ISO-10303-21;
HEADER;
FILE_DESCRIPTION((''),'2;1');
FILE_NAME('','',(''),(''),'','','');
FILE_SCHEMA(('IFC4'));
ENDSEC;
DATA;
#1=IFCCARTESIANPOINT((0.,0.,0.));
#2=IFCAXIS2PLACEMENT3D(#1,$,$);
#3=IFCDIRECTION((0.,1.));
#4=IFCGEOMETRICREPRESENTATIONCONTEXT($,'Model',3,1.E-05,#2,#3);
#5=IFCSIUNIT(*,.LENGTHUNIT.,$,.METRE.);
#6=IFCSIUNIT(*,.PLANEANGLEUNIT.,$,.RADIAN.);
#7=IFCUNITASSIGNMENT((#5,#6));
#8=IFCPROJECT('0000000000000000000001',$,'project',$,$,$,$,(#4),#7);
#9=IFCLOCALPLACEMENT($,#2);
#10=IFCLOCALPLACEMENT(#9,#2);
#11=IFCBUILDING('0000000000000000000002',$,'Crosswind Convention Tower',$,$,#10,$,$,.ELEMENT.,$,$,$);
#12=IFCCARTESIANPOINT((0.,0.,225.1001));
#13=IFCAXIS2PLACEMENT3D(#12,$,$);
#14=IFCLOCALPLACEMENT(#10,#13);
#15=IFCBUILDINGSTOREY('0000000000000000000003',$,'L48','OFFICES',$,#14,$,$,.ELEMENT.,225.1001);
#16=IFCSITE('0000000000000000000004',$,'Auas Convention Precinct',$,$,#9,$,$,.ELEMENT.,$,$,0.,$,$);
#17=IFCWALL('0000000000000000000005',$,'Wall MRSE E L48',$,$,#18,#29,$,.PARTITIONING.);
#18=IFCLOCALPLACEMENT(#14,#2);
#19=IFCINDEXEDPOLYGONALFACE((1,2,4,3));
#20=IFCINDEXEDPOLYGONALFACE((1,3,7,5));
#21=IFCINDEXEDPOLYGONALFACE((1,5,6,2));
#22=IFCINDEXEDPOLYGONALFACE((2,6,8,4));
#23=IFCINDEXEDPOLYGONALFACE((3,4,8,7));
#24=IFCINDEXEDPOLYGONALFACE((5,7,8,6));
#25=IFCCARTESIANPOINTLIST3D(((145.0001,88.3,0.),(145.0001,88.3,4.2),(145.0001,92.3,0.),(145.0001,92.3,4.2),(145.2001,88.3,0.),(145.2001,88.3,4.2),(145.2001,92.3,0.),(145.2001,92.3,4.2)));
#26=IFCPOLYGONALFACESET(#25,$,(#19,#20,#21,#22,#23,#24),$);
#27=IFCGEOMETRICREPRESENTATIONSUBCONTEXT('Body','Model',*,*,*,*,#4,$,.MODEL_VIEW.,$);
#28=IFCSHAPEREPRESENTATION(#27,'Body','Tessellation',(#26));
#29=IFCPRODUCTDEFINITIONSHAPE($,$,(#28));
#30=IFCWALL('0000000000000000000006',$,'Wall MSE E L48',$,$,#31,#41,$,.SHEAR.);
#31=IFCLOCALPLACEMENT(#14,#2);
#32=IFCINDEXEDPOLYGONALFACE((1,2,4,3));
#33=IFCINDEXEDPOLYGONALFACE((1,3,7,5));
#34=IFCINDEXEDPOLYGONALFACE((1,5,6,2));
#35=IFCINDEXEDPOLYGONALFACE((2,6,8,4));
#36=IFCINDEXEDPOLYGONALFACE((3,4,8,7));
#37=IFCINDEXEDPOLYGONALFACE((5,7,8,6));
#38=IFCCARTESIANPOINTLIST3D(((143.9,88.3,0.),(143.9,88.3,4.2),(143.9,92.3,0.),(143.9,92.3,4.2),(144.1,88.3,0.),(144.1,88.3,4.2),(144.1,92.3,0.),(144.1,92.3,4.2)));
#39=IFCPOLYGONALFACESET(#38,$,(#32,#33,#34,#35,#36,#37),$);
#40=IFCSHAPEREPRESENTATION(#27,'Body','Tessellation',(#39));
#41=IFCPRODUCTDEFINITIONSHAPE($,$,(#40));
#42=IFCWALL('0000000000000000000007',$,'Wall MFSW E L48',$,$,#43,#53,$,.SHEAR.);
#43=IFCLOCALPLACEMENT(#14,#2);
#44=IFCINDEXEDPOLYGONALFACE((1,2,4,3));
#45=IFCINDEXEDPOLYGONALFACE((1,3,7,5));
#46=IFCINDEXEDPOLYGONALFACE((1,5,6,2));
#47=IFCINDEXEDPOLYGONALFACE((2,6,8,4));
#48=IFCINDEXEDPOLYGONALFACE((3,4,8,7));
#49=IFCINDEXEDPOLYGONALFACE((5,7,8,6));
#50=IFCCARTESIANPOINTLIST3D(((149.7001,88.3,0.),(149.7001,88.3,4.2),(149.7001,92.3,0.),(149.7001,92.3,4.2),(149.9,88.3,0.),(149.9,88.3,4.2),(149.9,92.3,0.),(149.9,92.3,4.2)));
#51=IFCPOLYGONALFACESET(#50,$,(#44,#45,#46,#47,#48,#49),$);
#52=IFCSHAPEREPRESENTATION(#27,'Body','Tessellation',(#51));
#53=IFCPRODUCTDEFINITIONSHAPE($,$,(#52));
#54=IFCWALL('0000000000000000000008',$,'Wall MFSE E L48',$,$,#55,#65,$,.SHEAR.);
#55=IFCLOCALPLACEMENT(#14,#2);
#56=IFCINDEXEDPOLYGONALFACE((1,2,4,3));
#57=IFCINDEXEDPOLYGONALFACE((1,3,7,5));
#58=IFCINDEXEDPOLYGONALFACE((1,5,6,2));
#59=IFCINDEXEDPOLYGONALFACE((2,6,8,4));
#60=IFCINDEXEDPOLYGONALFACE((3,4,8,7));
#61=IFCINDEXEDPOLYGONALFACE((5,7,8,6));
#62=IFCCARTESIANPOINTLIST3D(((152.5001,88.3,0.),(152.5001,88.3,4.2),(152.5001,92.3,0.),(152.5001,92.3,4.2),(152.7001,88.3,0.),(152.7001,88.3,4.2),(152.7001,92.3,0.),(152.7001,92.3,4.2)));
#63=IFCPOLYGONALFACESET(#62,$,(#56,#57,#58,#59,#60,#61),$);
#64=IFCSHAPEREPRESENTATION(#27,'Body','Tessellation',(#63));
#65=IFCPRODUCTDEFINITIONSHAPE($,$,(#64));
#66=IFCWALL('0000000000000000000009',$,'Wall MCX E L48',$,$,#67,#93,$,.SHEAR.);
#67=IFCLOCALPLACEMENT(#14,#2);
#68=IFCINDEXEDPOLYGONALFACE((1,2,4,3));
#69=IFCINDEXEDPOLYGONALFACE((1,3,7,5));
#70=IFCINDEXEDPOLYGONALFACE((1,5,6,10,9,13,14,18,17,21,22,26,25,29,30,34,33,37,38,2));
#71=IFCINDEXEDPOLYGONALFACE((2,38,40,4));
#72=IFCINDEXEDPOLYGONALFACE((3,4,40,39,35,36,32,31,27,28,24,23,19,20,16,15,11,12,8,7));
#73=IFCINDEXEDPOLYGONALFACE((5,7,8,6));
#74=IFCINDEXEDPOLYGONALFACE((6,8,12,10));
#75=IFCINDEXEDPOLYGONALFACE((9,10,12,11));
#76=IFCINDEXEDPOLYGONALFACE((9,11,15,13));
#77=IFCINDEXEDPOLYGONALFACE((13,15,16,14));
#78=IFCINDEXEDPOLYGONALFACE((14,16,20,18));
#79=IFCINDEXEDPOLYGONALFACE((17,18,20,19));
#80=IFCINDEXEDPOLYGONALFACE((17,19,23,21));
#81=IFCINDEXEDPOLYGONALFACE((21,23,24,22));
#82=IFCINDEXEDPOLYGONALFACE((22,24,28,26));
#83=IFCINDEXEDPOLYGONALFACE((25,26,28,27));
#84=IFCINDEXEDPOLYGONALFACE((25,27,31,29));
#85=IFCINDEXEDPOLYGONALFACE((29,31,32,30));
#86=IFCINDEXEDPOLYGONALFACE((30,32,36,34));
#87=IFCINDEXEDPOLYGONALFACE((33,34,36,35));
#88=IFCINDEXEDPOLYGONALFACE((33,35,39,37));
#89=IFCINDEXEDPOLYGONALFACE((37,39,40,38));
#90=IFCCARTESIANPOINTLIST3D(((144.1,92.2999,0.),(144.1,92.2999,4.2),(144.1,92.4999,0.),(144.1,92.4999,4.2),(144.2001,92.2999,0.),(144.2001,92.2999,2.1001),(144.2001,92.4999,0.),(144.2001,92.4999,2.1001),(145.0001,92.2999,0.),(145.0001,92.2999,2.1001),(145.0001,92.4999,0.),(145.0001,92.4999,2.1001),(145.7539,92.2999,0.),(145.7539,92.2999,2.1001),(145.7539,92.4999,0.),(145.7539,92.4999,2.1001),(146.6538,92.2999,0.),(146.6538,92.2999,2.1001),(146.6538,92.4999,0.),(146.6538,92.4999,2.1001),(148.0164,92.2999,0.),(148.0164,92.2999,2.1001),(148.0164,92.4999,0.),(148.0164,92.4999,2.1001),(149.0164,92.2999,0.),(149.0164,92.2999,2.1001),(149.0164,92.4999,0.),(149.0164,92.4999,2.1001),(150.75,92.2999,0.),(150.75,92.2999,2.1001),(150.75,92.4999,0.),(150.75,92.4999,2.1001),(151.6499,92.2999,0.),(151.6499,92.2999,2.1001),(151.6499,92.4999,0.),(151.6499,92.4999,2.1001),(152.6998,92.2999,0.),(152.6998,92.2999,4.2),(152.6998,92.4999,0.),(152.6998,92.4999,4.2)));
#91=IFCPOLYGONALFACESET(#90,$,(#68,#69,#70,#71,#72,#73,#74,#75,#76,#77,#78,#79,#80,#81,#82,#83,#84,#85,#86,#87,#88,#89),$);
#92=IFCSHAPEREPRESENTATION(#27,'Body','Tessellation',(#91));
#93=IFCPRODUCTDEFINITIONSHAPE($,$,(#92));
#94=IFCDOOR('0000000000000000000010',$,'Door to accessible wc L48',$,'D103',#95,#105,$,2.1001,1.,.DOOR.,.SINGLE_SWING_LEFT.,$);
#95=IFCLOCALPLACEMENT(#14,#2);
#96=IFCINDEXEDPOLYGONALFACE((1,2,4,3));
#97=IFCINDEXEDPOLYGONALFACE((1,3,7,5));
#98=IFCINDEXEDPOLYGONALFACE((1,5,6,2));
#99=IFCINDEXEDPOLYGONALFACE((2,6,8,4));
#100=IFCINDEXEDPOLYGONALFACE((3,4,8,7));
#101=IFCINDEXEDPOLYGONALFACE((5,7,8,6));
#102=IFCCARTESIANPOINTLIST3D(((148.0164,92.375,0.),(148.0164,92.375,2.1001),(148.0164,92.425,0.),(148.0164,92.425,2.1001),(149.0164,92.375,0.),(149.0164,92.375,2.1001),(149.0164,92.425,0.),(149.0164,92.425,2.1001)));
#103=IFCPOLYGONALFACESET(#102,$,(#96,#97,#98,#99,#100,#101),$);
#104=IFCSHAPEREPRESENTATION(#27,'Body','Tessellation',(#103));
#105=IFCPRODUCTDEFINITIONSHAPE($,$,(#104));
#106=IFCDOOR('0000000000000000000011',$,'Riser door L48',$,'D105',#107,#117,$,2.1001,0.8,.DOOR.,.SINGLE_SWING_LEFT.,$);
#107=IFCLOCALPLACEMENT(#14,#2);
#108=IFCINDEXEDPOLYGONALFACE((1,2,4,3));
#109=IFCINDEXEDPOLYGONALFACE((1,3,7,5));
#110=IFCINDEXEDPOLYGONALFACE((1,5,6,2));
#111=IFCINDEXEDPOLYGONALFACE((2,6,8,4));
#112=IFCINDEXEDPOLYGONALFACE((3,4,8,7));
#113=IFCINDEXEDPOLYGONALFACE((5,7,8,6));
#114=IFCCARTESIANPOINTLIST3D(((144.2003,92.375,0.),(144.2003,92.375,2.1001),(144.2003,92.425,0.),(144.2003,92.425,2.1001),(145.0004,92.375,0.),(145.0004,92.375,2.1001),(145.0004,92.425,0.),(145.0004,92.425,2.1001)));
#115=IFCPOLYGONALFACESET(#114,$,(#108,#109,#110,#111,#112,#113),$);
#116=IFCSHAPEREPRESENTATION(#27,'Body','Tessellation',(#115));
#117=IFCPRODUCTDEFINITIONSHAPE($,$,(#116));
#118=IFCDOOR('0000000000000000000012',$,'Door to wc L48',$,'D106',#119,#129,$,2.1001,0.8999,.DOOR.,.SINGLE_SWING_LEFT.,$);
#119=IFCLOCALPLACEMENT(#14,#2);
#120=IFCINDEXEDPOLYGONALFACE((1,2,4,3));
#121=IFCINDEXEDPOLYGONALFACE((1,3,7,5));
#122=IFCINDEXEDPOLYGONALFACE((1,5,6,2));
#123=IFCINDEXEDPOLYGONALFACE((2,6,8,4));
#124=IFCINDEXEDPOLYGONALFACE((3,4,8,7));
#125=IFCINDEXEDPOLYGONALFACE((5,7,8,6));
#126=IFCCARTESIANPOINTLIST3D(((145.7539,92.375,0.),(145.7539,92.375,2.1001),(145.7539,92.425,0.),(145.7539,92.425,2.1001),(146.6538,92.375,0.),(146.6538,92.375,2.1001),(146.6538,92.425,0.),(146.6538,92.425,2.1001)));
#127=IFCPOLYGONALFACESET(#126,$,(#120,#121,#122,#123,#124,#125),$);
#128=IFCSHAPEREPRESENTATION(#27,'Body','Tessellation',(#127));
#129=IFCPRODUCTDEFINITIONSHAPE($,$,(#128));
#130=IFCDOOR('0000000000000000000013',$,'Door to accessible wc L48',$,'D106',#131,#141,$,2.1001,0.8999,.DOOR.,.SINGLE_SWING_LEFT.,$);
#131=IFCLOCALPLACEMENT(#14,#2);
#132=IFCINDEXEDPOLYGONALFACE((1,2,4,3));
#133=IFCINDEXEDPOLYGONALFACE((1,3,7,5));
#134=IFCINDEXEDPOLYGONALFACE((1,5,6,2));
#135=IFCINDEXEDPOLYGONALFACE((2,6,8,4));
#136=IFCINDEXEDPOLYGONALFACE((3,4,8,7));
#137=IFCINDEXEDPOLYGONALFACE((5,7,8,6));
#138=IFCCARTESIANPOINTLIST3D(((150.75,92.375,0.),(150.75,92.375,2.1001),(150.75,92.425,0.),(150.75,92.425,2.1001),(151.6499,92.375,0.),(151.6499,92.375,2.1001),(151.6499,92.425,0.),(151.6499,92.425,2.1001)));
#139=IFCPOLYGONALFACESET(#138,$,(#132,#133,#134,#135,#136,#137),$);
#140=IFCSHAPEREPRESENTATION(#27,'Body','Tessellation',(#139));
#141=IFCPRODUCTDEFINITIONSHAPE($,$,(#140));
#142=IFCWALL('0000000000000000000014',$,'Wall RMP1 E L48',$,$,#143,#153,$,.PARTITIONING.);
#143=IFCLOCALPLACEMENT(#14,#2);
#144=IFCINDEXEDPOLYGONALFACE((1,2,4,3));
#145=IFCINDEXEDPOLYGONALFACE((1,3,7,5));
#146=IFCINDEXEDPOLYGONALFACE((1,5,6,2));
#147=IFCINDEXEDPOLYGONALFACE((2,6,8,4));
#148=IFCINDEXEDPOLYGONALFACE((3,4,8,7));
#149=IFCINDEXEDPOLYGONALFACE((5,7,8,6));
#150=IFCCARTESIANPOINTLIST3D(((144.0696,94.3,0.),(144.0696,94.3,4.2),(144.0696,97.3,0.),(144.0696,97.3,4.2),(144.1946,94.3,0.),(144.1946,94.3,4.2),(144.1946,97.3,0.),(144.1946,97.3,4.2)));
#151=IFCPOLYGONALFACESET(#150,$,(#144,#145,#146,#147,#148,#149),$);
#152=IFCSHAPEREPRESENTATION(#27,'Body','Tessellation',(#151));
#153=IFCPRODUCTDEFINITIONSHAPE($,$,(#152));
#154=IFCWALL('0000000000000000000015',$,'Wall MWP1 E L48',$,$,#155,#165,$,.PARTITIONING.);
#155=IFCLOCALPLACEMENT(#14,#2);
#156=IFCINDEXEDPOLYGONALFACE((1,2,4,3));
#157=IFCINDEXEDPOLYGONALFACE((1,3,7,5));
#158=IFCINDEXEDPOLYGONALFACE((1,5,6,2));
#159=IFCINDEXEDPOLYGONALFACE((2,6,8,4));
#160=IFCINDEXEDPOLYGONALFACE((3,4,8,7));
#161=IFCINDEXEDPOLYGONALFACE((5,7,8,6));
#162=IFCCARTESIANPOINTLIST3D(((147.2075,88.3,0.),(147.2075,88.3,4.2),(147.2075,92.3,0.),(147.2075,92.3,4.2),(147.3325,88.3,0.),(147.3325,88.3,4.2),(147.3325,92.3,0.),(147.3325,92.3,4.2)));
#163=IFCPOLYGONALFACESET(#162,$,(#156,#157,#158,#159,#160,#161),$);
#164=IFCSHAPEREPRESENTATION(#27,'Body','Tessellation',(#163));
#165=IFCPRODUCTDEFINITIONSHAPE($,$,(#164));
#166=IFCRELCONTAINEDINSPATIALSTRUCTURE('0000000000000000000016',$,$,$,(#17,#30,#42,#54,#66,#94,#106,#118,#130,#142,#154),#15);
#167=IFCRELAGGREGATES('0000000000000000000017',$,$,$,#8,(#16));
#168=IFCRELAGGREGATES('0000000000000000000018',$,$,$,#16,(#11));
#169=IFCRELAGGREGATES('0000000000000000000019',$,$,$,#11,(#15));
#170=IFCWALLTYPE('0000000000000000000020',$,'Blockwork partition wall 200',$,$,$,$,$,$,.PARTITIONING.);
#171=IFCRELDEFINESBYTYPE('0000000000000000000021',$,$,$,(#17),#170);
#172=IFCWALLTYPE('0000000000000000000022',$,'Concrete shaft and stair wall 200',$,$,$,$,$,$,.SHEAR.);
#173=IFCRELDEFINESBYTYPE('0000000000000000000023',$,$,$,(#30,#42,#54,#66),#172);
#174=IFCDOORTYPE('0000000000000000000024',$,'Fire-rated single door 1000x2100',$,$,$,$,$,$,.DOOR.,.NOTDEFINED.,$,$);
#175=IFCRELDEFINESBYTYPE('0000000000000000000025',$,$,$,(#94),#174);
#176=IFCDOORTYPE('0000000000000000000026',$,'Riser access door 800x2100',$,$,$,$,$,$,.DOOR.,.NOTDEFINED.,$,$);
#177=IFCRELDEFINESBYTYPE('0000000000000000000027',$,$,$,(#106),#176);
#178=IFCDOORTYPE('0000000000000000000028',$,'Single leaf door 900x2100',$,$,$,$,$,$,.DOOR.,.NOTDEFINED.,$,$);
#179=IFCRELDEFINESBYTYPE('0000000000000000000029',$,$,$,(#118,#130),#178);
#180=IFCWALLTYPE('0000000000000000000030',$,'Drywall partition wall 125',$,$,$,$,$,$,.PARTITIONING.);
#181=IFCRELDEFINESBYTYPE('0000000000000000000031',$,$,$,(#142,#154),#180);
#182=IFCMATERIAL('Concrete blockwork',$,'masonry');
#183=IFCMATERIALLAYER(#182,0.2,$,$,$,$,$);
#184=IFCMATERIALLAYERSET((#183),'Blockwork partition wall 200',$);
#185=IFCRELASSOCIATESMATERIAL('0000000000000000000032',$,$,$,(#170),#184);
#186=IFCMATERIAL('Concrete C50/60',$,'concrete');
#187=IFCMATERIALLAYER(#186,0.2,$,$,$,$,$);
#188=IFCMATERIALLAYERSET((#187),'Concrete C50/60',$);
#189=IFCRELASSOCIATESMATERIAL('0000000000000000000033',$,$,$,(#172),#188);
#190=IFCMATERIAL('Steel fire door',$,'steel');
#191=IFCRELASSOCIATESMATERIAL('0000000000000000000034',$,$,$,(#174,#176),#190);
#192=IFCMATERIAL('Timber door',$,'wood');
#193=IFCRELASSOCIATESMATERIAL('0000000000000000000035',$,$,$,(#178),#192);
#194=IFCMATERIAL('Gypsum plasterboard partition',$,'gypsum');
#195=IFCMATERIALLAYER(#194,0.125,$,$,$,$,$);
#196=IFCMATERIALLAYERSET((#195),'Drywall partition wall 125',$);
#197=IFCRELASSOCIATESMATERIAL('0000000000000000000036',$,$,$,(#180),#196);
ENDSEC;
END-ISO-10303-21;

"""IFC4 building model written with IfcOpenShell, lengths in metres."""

from ifc_helpers import new_model, si_unit, direction, frame, frame_2d, origin, place, context, subcontext, project, spatial, rectangle, extrude, material, layer, layer_set, type_object, element, fill, save


model = new_model("IFC4")

# Units and contexts
model_context = context("Model", 3, precision=1e-05, world=origin(), true_north=direction((0.0, 1.0)))
body_context = subcontext(model_context, "Body", "Model", "MODEL_VIEW")
ifc_project = project(units=[si_unit("LENGTHUNIT", "METRE"), si_unit("PLANEANGLEUNIT", "RADIAN")], contexts=[model_context])

# Site, building, storey
site_placement = place(None, origin())
site = spatial("IfcSite", under=ifc_project, at=site_placement, Name="Auas Convention Precinct", CompositionType="ELEMENT", RefElevation=0.0)
building_placement = place(site_placement, origin())
building = spatial("IfcBuilding", under=site, at=building_placement, Name="Crosswind Convention Tower", CompositionType="ELEMENT")
storey_placement = place(building_placement, frame((0.0, 0.0, 225.1001)))
storey = spatial("IfcBuildingStorey", under=building, at=storey_placement, Name="L48", Description="OFFICES", CompositionType="ELEMENT", Elevation=225.1001)

# Walls
ifc_material_1 = material(Name="Concrete blockwork", Category="masonry")
ifc_layer_1 = layer(ifc_material_1, 0.2)
ifc_layer_set_1 = layer_set([ifc_layer_1], Name="Blockwork partition wall 200")
wall_type_1 = type_object("IfcWallType", Name="Blockwork partition wall 200", PredefinedType="PARTITIONING", material=ifc_layer_set_1)
wall_1_placement = place(storey_placement, frame((145.1001, 88.3, 0.0), z_axis=(0.0, 0.0, 1.0), x_axis=(0.0, 1.0, 0.0)))
element("IfcWall", 1, at=wall_1_placement, inside=storey, type_object=wall_type_1, Name="Wall MRSE E L48", PredefinedType="PARTITIONING", context=body_context, shape_type="SweptSolid", body=[
    extrude(rectangle(XDim=4.0, YDim=0.2, at=frame_2d((2.0, 0.0))), origin(), (0.0, 0.0, 1.0), 4.2),
])
ifc_material_2 = material(Name="Concrete C50/60", Category="concrete")
ifc_layer_2 = layer(ifc_material_2, 0.2)
ifc_layer_set_2 = layer_set([ifc_layer_2], Name="Concrete C50/60")
wall_type_2 = type_object("IfcWallType", Name="Concrete shaft and stair wall 200", PredefinedType="SHEAR", material=ifc_layer_set_2)
for number, where, z_axis, x_axis, name in (
    (2, (144.0, 88.3, 0.0), (0.0, 0.0, 1.0), (0.0, 1.0, 0.0), "Wall MSE E L48"),
    (3, (149.8, 88.3, 0.0), (0.0, 0.0, 1.0), (0.0, 1.0, 0.0), "Wall MFSW E L48"),
    (4, (152.6001, 88.3, 0.0), (0.0, 0.0, 1.0), (0.0, 1.0, 0.0), "Wall MFSE E L48"),
):
    element("IfcWall", number, at=place(storey_placement, frame(where, z_axis=z_axis, x_axis=x_axis)), inside=storey, type_object=wall_type_2, Name=name, PredefinedType="SHEAR", context=body_context, shape_type="SweptSolid", body=[
        extrude(rectangle(XDim=4.0, YDim=0.2, at=frame_2d((2.0, 0.0))), origin(), (0.0, 0.0, 1.0), 4.2),
    ])

# Wall, openings, doors
wall_2_placement = place(storey_placement, frame((144.1001, 92.3999, 0.0), z_axis=(0.0, 0.0, 1.0), x_axis=(1.0, 0.0, 0.0)))
wall_2 = element("IfcWall", 5, at=wall_2_placement, inside=storey, type_object=wall_type_2, Name="Wall MCX E L48", PredefinedType="SHEAR", context=body_context, shape_type="SweptSolid", body=[
    extrude(rectangle(XDim=8.5999, YDim=0.2, at=frame_2d((4.2998, 0.0))), origin(), (0.0, 0.0, 1.0), 4.2),
])
opening_1_placement = place(wall_2_placement, frame((0.1001, 0.0, 0.0)))
opening_1 = element("IfcOpeningElement", 6, at=opening_1_placement, cuts=wall_2, PredefinedType="OPENING", context=body_context, shape_type="SweptSolid", body=[
    extrude(rectangle(XDim=0.8, YDim=2.1001, at=frame_2d((0.3999, 1.05))), frame((0.0, 0.1099, 0.0), z_axis=(0.0, -1.0, 0.0), x_axis=(1.0, 0.0, 0.0)), (0.0, 0.0, 1.0), 0.22),
])
opening_2_placement = place(wall_2_placement, frame((1.6538, 0.0, 0.0)))
opening_2 = element("IfcOpeningElement", 7, at=opening_2_placement, cuts=wall_2, PredefinedType="OPENING", context=body_context, shape_type="SweptSolid", body=[
    extrude(rectangle(XDim=0.8999, YDim=2.1001, at=frame_2d((0.45, 1.05))), frame((0.0, 0.1099, 0.0), z_axis=(0.0, -1.0, 0.0), x_axis=(1.0, 0.0, 0.0)), (0.0, 0.0, 1.0), 0.22),
])
opening_3_placement = place(wall_2_placement, frame((3.9163, 0.0, 0.0)))
opening_3 = element("IfcOpeningElement", 8, at=opening_3_placement, cuts=wall_2, PredefinedType="OPENING", context=body_context, shape_type="SweptSolid", body=[
    extrude(rectangle(XDim=1.0, YDim=2.1001, at=frame_2d((0.5, 1.05))), frame((0.0, 0.1099, 0.0), z_axis=(0.0, -1.0, 0.0), x_axis=(1.0, 0.0, 0.0)), (0.0, 0.0, 1.0), 0.22),
])
opening_4_placement = place(wall_2_placement, frame((6.6499, 0.0, 0.0)))
opening_4 = element("IfcOpeningElement", 9, at=opening_4_placement, cuts=wall_2, PredefinedType="OPENING", context=body_context, shape_type="SweptSolid", body=[
    extrude(rectangle(XDim=0.8999, YDim=2.1001, at=frame_2d((0.45, 1.05))), frame((0.0, 0.1099, 0.0), z_axis=(0.0, -1.0, 0.0), x_axis=(1.0, 0.0, 0.0)), (0.0, 0.0, 1.0), 0.22),
])
ifc_material_3 = material(Name="Steel fire door", Category="steel")
door_type_1 = type_object("IfcDoorType", Name="Fire-rated single door 1000x2100", OperationType="NOTDEFINED", PredefinedType="DOOR", material=ifc_material_3)
door_1_placement = place(opening_3_placement, frame((1.0, 0.0, 0.0), z_axis=(0.0, 0.0, 1.0), x_axis=(-1.0, 0.0, 0.0)))
door_1 = element("IfcDoor", 10, at=door_1_placement, inside=storey, type_object=door_type_1, Name="Door to accessible wc L48", ObjectType="D103", OperationType="SINGLE_SWING_LEFT", OverallHeight=2.1001, OverallWidth=1.0, PredefinedType="DOOR", context=body_context, shape_type="SweptSolid", body=[
    extrude(rectangle(XDim=1.0, YDim=2.1001, at=frame_2d((0.5, 1.05))), frame((0.0, 0.0249, 0.0), z_axis=(0.0, -1.0, 0.0), x_axis=(1.0, 0.0, 0.0)), (0.0, 0.0, 1.0), 0.05),
])
fill(opening_3, door_1)
door_type_2 = type_object("IfcDoorType", Name="Riser access door 800x2100", OperationType="NOTDEFINED", PredefinedType="DOOR", material=ifc_material_3)
door_2_placement = place(opening_1_placement, frame((0.8, 0.0, 0.0), z_axis=(0.0, 0.0, 1.0), x_axis=(-1.0, 0.0, 0.0)))
door_2 = element("IfcDoor", 11, at=door_2_placement, inside=storey, type_object=door_type_2, Name="Riser door L48", ObjectType="D105", OperationType="SINGLE_SWING_LEFT", OverallHeight=2.1001, OverallWidth=0.8, PredefinedType="DOOR", context=body_context, shape_type="SweptSolid", body=[
    extrude(rectangle(XDim=0.8, YDim=2.1001, at=frame_2d((0.3999, 1.05))), frame((0.0, 0.0249, 0.0), z_axis=(0.0, -1.0, 0.0), x_axis=(1.0, 0.0, 0.0)), (0.0, 0.0, 1.0), 0.05),
])
fill(opening_1, door_2)
ifc_material_4 = material(Name="Timber door", Category="wood")
door_type_3 = type_object("IfcDoorType", Name="Single leaf door 900x2100", OperationType="NOTDEFINED", PredefinedType="DOOR", material=ifc_material_4)
door_3_placement = place(opening_2_placement, frame((0.8999, 0.0, 0.0), z_axis=(0.0, 0.0, 1.0), x_axis=(-1.0, 0.0, 0.0)))
door_3 = element("IfcDoor", 12, at=door_3_placement, inside=storey, type_object=door_type_3, Name="Door to wc L48", ObjectType="D106", OperationType="SINGLE_SWING_LEFT", OverallHeight=2.1001, OverallWidth=0.8999, PredefinedType="DOOR", context=body_context, shape_type="SweptSolid", body=[
    extrude(rectangle(XDim=0.8999, YDim=2.1001, at=frame_2d((0.45, 1.05))), frame((0.0, 0.0249, 0.0), z_axis=(0.0, -1.0, 0.0), x_axis=(1.0, 0.0, 0.0)), (0.0, 0.0, 1.0), 0.05),
])
fill(opening_2, door_3)
door_4_placement = place(opening_4_placement, frame((0.8999, 0.0, 0.0), z_axis=(0.0, 0.0, 1.0), x_axis=(-1.0, 0.0, 0.0)))
door_4 = element("IfcDoor", 13, at=door_4_placement, inside=storey, type_object=door_type_3, Name="Door to accessible wc L48", ObjectType="D106", OperationType="SINGLE_SWING_LEFT", OverallHeight=2.1001, OverallWidth=0.8999, PredefinedType="DOOR", context=body_context, shape_type="SweptSolid", body=[
    extrude(rectangle(XDim=0.8999, YDim=2.1001, at=frame_2d((0.45, 1.05))), frame((0.0, 0.0249, 0.0), z_axis=(0.0, -1.0, 0.0), x_axis=(1.0, 0.0, 0.0)), (0.0, 0.0, 1.0), 0.05),
])
fill(opening_4, door_4)

# Walls
ifc_material_5 = material(Name="Gypsum plasterboard partition", Category="gypsum")
ifc_layer_3 = layer(ifc_material_5, 0.125)
ifc_layer_set_3 = layer_set([ifc_layer_3], Name="Drywall partition wall 125")
wall_type_3 = type_object("IfcWallType", Name="Drywall partition wall 125", PredefinedType="PARTITIONING", material=ifc_layer_set_3)
wall_3_placement = place(storey_placement, frame((144.1321, 94.3, 0.0), z_axis=(0.0, 0.0, 1.0), x_axis=(0.0, 1.0, 0.0)))
element("IfcWall", 14, at=wall_3_placement, inside=storey, type_object=wall_type_3, Name="Wall RMP1 E L48", PredefinedType="PARTITIONING", context=body_context, shape_type="SweptSolid", body=[
    extrude(rectangle(XDim=3.0, YDim=0.125, at=frame_2d((1.5, 0.0))), origin(), (0.0, 0.0, 1.0), 4.2),
])
wall_4_placement = place(storey_placement, frame((147.27, 88.3, 0.0), z_axis=(0.0, 0.0, 1.0), x_axis=(0.0, 1.0, 0.0)))
element("IfcWall", 15, at=wall_4_placement, inside=storey, type_object=wall_type_3, Name="Wall MWP1 E L48", PredefinedType="PARTITIONING", context=body_context, shape_type="SweptSolid", body=[
    extrude(rectangle(XDim=4.0, YDim=0.125, at=frame_2d((2.0, 0.0))), origin(), (0.0, 0.0, 1.0), 4.2),
])

save(model, "model.ifc")
